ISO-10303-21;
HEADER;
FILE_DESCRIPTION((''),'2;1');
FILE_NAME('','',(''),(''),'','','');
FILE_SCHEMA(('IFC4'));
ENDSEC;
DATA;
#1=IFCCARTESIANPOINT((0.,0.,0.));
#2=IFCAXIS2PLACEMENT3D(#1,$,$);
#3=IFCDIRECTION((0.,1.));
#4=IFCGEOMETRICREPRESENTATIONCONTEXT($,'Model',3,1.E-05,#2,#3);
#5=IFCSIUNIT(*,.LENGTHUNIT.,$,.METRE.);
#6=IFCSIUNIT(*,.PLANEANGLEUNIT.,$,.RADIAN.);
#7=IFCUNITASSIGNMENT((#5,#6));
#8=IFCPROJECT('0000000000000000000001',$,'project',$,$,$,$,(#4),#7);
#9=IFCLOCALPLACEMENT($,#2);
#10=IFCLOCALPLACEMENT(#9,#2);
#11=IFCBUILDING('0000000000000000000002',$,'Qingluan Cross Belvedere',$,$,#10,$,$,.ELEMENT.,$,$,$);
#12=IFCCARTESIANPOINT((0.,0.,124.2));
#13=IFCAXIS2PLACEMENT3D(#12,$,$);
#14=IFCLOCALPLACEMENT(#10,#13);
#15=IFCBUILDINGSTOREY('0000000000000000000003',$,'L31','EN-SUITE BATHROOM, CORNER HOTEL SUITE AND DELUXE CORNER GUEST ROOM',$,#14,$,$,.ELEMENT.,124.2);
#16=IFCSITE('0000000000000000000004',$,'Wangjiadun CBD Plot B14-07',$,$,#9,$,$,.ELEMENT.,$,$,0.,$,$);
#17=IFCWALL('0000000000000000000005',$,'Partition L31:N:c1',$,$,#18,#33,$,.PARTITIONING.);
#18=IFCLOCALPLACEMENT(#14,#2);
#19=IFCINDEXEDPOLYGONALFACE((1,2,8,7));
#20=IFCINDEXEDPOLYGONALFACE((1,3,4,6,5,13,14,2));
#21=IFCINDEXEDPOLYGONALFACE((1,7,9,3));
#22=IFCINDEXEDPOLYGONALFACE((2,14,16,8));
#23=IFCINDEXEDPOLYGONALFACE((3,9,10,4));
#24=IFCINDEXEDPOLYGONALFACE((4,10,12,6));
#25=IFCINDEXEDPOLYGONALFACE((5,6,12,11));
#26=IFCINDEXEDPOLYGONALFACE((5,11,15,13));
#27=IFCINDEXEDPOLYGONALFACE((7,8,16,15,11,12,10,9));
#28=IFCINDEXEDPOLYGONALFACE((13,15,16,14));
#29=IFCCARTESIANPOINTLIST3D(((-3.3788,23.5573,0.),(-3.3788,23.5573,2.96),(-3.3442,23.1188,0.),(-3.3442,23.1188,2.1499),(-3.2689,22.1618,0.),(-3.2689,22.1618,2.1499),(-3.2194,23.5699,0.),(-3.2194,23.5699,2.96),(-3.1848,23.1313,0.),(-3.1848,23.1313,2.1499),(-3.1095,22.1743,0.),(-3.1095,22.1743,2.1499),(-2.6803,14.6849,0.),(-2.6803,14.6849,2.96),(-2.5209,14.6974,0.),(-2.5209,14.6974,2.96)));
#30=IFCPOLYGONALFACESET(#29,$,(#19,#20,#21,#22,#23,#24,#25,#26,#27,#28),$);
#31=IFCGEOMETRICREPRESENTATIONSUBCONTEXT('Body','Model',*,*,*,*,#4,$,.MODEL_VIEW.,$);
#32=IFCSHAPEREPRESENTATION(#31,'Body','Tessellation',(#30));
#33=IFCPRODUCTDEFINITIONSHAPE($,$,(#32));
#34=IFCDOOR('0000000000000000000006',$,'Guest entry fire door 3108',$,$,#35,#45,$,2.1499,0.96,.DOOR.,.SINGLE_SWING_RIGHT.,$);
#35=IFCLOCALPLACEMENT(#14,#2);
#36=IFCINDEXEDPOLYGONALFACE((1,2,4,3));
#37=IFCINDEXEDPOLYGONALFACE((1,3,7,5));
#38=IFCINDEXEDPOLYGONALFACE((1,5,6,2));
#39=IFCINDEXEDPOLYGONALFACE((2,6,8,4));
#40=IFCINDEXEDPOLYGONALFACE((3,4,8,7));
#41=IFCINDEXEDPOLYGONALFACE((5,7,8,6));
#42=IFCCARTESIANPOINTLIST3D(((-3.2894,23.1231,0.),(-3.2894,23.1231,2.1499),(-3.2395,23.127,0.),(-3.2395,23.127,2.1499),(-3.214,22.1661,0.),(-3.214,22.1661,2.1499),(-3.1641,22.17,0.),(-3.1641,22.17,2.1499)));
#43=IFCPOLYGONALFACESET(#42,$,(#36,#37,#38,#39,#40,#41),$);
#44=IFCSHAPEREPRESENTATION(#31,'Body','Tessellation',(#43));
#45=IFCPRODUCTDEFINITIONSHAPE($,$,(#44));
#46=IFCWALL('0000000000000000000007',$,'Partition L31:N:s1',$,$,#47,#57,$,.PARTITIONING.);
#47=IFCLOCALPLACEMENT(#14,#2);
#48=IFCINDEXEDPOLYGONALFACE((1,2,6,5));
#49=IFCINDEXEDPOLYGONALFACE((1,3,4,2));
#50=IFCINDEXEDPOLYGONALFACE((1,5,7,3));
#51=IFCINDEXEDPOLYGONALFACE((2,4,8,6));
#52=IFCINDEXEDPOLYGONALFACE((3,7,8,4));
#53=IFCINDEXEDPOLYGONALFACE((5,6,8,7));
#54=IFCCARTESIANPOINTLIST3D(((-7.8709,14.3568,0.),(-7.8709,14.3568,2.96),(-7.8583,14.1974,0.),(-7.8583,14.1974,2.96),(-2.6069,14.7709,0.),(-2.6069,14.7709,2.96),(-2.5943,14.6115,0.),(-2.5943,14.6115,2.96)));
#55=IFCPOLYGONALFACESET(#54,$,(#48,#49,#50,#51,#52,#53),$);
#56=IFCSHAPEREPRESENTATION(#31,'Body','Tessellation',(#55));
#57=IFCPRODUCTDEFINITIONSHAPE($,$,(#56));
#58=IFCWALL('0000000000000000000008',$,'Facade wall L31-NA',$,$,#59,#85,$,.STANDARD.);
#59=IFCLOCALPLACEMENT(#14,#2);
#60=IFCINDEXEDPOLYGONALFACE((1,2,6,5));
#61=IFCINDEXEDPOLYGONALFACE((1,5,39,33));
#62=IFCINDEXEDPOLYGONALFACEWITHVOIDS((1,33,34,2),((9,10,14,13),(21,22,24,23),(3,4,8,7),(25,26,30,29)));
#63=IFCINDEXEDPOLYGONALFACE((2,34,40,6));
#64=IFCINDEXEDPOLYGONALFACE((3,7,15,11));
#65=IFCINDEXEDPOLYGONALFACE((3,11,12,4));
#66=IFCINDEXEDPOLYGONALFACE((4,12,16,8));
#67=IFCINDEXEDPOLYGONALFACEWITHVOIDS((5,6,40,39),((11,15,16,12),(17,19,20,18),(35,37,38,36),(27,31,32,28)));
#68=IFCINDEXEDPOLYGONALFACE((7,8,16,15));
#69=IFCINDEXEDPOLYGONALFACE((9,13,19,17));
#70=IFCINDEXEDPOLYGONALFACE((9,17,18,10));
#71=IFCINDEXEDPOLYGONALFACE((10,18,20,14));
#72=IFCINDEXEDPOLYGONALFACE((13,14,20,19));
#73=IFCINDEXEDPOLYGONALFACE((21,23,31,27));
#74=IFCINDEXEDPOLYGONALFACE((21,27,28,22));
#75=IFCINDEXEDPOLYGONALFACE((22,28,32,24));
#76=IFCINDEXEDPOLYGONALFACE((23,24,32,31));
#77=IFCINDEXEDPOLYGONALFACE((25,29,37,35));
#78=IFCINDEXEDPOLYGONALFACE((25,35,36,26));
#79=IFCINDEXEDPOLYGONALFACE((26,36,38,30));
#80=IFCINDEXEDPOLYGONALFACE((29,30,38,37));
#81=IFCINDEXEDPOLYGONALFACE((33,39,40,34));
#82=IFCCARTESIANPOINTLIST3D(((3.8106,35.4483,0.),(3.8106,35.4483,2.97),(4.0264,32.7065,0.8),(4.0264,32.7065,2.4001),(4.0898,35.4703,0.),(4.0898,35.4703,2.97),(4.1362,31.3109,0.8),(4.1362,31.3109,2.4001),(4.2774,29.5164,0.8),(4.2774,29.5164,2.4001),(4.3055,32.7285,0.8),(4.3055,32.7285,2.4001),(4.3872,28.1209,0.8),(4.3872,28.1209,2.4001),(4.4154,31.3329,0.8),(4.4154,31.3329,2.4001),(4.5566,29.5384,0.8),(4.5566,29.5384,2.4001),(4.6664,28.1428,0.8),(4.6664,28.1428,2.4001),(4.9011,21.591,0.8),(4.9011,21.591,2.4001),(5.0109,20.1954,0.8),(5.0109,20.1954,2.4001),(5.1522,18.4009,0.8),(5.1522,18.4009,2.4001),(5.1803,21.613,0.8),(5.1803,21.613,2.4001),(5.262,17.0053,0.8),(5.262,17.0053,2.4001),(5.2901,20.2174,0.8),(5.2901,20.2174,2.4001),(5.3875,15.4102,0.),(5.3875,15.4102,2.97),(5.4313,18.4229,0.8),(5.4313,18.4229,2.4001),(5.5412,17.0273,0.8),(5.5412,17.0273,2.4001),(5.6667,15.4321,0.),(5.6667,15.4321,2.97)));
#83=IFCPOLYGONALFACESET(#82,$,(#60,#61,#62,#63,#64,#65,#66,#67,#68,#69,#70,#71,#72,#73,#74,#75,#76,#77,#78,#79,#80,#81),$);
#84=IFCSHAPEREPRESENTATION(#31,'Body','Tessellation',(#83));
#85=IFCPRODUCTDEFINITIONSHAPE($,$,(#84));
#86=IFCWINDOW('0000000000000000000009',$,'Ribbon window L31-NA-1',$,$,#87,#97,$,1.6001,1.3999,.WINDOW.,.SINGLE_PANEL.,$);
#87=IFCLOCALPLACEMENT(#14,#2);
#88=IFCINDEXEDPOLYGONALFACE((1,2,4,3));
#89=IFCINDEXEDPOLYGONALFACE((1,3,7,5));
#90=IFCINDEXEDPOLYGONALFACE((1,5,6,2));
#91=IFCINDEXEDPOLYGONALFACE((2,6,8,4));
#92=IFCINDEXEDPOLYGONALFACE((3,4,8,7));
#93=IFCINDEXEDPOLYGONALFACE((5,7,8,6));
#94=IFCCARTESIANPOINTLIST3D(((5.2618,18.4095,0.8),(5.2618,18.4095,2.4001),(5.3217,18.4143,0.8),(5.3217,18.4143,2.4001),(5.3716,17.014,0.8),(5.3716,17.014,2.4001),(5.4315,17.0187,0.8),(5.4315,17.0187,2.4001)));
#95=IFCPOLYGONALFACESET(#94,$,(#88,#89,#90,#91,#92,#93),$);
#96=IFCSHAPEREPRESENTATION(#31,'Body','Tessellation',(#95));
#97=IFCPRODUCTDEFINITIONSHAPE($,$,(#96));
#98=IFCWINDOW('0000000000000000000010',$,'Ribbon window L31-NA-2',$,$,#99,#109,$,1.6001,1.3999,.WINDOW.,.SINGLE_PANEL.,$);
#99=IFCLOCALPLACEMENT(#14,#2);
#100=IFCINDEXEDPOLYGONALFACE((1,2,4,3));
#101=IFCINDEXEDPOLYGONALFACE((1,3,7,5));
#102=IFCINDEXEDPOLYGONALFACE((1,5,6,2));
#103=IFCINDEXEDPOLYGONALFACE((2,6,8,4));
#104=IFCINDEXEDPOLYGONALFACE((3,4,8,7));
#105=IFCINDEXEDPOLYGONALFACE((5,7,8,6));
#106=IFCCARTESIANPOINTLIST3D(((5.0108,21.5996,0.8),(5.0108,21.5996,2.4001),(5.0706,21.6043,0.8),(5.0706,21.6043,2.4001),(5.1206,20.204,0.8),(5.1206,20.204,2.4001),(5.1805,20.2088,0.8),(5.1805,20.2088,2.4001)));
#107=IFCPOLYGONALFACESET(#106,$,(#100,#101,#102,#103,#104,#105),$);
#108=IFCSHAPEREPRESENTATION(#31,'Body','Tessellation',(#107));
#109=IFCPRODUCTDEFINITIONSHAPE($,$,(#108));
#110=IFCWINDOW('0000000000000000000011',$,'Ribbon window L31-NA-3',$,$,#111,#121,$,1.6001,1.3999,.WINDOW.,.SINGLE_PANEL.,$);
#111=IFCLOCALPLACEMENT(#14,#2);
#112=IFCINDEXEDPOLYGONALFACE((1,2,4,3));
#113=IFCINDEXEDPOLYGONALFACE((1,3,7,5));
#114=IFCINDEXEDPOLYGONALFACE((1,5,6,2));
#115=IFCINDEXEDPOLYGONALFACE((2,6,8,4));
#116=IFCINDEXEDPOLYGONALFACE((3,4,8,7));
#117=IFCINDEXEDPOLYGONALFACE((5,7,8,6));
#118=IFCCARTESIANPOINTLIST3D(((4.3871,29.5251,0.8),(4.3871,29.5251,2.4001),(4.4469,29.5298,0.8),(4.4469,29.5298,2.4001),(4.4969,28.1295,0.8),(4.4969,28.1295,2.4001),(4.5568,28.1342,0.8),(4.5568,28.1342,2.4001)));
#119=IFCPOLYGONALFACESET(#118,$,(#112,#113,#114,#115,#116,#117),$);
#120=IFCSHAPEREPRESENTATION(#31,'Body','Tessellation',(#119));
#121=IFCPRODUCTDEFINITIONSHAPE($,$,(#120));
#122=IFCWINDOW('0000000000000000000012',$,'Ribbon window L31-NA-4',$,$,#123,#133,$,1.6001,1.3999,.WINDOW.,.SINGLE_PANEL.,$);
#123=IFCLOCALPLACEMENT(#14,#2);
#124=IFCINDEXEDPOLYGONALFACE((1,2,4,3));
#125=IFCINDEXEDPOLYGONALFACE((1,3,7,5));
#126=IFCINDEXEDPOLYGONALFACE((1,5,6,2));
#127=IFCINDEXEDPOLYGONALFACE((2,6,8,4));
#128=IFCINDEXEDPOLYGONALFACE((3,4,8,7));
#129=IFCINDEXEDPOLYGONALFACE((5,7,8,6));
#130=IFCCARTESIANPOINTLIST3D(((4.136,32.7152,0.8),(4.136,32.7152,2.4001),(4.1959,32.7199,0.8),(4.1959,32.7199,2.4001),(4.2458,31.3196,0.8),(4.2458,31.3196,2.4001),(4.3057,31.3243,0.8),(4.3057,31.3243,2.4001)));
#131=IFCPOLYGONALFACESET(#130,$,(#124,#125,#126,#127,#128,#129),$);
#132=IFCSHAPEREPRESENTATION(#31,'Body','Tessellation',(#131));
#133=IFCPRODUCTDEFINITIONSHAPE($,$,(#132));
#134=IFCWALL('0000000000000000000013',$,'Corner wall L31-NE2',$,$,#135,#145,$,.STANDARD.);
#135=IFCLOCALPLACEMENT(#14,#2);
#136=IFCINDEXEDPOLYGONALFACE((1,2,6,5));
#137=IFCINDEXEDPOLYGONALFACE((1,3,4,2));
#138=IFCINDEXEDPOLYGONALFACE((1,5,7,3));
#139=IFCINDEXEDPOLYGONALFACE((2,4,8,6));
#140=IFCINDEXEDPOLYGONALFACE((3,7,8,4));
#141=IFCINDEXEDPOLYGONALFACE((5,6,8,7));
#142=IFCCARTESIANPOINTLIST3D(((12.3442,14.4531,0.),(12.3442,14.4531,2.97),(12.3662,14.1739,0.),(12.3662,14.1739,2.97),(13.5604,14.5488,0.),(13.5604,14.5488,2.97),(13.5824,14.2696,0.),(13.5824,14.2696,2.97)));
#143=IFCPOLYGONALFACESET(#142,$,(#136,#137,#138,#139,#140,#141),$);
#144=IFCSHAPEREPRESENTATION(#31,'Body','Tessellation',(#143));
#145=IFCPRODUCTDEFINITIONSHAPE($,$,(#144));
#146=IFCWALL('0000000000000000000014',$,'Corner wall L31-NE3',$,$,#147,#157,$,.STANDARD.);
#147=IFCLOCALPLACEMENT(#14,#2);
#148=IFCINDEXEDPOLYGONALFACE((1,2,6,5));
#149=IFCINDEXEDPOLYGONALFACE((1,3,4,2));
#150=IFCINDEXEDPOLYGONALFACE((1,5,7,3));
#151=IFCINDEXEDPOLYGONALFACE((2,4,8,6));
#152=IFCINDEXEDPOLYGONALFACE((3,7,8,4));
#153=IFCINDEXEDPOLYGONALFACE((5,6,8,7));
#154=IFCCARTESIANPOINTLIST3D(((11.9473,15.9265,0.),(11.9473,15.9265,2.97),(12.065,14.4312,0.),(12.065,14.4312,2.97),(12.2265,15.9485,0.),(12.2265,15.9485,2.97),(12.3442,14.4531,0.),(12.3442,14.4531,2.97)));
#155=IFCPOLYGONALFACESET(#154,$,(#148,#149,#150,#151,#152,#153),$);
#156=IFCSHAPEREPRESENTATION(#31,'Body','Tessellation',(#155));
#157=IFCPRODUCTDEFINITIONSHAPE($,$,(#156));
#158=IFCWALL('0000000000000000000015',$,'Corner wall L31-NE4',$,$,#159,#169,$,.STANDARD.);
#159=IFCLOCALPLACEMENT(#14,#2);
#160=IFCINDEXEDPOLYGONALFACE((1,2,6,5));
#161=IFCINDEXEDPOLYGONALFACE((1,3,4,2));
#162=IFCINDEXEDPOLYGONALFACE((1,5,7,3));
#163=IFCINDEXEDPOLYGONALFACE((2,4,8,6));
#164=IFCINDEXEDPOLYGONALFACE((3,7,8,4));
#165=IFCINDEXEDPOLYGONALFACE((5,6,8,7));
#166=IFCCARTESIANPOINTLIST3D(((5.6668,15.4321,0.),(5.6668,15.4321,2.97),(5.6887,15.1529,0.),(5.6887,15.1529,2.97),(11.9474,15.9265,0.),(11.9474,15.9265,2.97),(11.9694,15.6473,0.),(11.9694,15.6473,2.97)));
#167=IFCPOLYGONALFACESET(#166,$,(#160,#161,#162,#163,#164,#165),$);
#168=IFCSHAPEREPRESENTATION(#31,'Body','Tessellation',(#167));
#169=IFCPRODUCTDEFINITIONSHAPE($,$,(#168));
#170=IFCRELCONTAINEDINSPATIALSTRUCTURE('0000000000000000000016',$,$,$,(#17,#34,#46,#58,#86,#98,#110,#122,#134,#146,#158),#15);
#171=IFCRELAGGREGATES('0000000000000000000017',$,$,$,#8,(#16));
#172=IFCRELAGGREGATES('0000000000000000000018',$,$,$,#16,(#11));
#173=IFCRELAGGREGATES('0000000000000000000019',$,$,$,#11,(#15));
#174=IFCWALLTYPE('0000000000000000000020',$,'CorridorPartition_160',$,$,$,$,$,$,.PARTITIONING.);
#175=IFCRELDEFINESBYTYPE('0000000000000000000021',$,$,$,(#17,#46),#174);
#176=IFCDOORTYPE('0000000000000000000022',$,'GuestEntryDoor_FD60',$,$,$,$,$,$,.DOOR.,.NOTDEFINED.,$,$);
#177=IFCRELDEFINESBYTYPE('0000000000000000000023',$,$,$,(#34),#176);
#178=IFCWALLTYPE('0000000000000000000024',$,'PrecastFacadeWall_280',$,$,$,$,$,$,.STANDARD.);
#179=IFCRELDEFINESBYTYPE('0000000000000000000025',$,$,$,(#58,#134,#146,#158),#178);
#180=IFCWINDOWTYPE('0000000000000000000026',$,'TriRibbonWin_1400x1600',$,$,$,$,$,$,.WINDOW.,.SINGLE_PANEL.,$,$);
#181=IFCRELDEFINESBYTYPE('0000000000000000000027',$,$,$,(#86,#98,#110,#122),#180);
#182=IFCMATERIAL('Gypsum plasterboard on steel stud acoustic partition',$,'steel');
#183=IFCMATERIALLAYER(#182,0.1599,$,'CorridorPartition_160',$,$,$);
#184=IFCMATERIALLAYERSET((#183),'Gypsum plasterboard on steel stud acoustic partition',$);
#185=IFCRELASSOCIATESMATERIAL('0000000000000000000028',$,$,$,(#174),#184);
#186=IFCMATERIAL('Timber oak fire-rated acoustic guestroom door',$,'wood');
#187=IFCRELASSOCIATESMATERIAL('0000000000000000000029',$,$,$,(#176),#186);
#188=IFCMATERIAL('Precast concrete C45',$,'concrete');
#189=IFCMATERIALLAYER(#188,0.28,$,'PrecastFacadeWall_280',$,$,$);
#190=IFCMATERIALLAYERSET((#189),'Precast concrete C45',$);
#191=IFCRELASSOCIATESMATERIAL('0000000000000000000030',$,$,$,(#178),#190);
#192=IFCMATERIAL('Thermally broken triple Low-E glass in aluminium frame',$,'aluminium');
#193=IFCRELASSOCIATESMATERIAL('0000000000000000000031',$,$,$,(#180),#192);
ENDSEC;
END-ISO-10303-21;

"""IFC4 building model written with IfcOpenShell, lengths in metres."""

from ifc_helpers import new_model, si_unit, direction, frame, frame_2d, origin, place, context, subcontext, project, spatial, rectangle, extrude, material, layer, layer_set, type_object, element, fill, save


model = new_model("IFC4")

# Units and contexts
model_context = context("Model", 3, precision=1e-05, world=origin(), true_north=direction((0.0, 1.0)))
body_context = subcontext(model_context, "Body", "Model", "MODEL_VIEW")
ifc_project = project(units=[si_unit("LENGTHUNIT", "METRE"), si_unit("PLANEANGLEUNIT", "RADIAN")], contexts=[model_context])

# Site, building, storey
site_placement = place(None, origin())
site = spatial("IfcSite", under=ifc_project, at=site_placement, Name="Wangjiadun CBD Plot B14-07", CompositionType="ELEMENT", RefElevation=0.0)
building_placement = place(site_placement, origin())
building = spatial("IfcBuilding", under=site, at=building_placement, Name="Qingluan Cross Belvedere", CompositionType="ELEMENT")
storey_placement = place(building_placement, frame((0.0, 0.0, 124.2)))
storey = spatial("IfcBuildingStorey", under=building, at=storey_placement, Name="L31", Description="EN-SUITE BATHROOM, CORNER HOTEL SUITE AND DELUXE CORNER GUEST ROOM", CompositionType="ELEMENT", Elevation=124.2)

# Shared definitions
ifc_material_1 = material(Name="Gypsum plasterboard on steel stud acoustic partition", Category="steel")
ifc_layer_1 = layer(ifc_material_1, 0.1599, Name="CorridorPartition_160")
ifc_layer_set_1 = layer_set([ifc_layer_1], Name="Gypsum plasterboard on steel stud acoustic partition")
wall_type_1 = type_object("IfcWallType", Name="CorridorPartition_160", PredefinedType="PARTITIONING", material=ifc_layer_set_1)

# Shared definitions
ifc_material_2 = material(Name="Timber oak fire-rated acoustic guestroom door", Category="wood")
door_type = type_object("IfcDoorType", Name="GuestEntryDoor_FD60", OperationType="NOTDEFINED", PredefinedType="DOOR", material=ifc_material_2)

# Wall, opening, door
wall_1_placement = place(storey_placement, frame((-2.6006, 14.6912, 0.0), z_axis=(0.0, 0.0, 1.0), x_axis=(-0.078482, 0.996916, 0.0)))
wall_1 = element("IfcWall", 1, at=wall_1_placement, inside=storey, type_object=wall_type_1, Name="Partition L31:N:c1", PredefinedType="PARTITIONING", context=body_context, shape_type="SweptSolid", body=[
    extrude(rectangle(XDim=8.8999, YDim=0.1599, at=frame_2d((4.45, 0.0))), origin(), (0.0, 0.0, 1.0), 2.96),
])
opening_1_placement = place(wall_1_placement, frame((7.5, 0.0, 0.0)))
opening_1 = element("IfcOpeningElement", 2, at=opening_1_placement, cuts=wall_1, PredefinedType="OPENING", context=body_context, shape_type="SweptSolid", body=[
    extrude(rectangle(XDim=0.96, YDim=2.1499, at=frame_2d((0.48, 1.075))), frame((0.0, 0.0898, 0.0), z_axis=(0.0, -1.0, 0.0), x_axis=(1.0, 0.0, 0.0)), (0.0, 0.0, 1.0), 0.1799),
])
door_1_placement = place(opening_1_placement, origin())
door_1 = element("IfcDoor", 3, at=door_1_placement, inside=storey, type_object=door_type, Name="Guest entry fire door 3108", OperationType="SINGLE_SWING_RIGHT", OverallHeight=2.1499, OverallWidth=0.96, PredefinedType="DOOR", context=body_context, shape_type="SweptSolid", body=[
    extrude(rectangle(XDim=0.96, YDim=2.1499, at=frame_2d((0.48, 1.075))), frame((0.0, 0.0249, 0.0), z_axis=(0.0, -1.0, 0.0), x_axis=(1.0, 0.0, 0.0)), (0.0, 0.0, 1.0), 0.05),
])
fill(opening_1, door_1)

# Wall
wall_2_placement = place(storey_placement, frame((-2.6006, 14.6912, 0.0), z_axis=(0.0, 0.0, 1.0), x_axis=(-0.996921, -0.078418, 0.0)))
element("IfcWall", 4, at=wall_2_placement, inside=storey, type_object=wall_type_1, Name="Partition L31:N:s1", PredefinedType="PARTITIONING", context=body_context, shape_type="SweptSolid", body=[
    extrude(rectangle(XDim=5.2803, YDim=0.1599, at=frame_2d((2.6401, 0.0))), origin(), (0.0, 0.0, 1.0), 2.96),
])

# Wall, openings, windows
ifc_material_3 = material(Name="Precast concrete C45", Category="concrete")
ifc_layer_2 = layer(ifc_material_3, 0.28, Name="PrecastFacadeWall_280")
ifc_layer_set_2 = layer_set([ifc_layer_2], Name="Precast concrete C45")
wall_type_2 = type_object("IfcWallType", Name="PrecastFacadeWall_280", PredefinedType="STANDARD", material=ifc_layer_set_2)
wall_3_placement = place(storey_placement, frame((5.5271, 15.4211, 0.0), z_axis=(0.0, 0.0, 1.0), x_axis=(-0.078453, 0.996918, 0.0)))
wall_3 = element("IfcWall", 5, at=wall_3_placement, inside=storey, type_object=wall_type_2, Name="Facade wall L31-NA", PredefinedType="STANDARD", context=body_context, shape_type="SweptSolid", body=[
    extrude(rectangle(XDim=20.1001, YDim=0.28, at=frame_2d((10.05, 0.0))), origin(), (0.0, 0.0, 1.0), 2.97),
])
opening_2_placement = place(wall_3_placement, frame((1.6001, 0.0, 0.8)))
opening_2 = element("IfcOpeningElement", 6, at=opening_2_placement, cuts=wall_3, PredefinedType="OPENING", context=body_context, shape_type="SweptSolid", body=[
    extrude(rectangle(XDim=1.3999, YDim=1.6001, at=frame_2d((0.7, 0.8))), frame((0.0, 0.1499, 0.0), z_axis=(0.0, -1.0, 0.0), x_axis=(1.0, 0.0, 0.0)), (0.0, 0.0, 1.0), 0.3),
])
opening_3_placement = place(wall_3_placement, frame((4.8, 0.0, 0.8)))
opening_3 = element("IfcOpeningElement", 7, at=opening_3_placement, cuts=wall_3, PredefinedType="OPENING", context=body_context, shape_type="SweptSolid", body=[
    extrude(rectangle(XDim=1.3999, YDim=1.6001, at=frame_2d((0.7, 0.8))), frame((0.0, 0.1499, 0.0), z_axis=(0.0, -1.0, 0.0), x_axis=(1.0, 0.0, 0.0)), (0.0, 0.0, 1.0), 0.3),
])
opening_4_placement = place(wall_3_placement, frame((12.75, 0.0, 0.8)))
opening_4 = element("IfcOpeningElement", 8, at=opening_4_placement, cuts=wall_3, PredefinedType="OPENING", context=body_context, shape_type="SweptSolid", body=[
    extrude(rectangle(XDim=1.3999, YDim=1.6001, at=frame_2d((0.7, 0.8))), frame((0.0, 0.1499, 0.0), z_axis=(0.0, -1.0, 0.0), x_axis=(1.0, 0.0, 0.0)), (0.0, 0.0, 1.0), 0.3),
])
opening_5_placement = place(wall_3_placement, frame((15.95, 0.0, 0.8)))
opening_5 = element("IfcOpeningElement", 9, at=opening_5_placement, cuts=wall_3, PredefinedType="OPENING", context=body_context, shape_type="SweptSolid", body=[
    extrude(rectangle(XDim=1.3999, YDim=1.6001, at=frame_2d((0.7, 0.8))), frame((0.0, 0.1499, 0.0), z_axis=(0.0, -1.0, 0.0), x_axis=(1.0, 0.0, 0.0)), (0.0, 0.0, 1.0), 0.3),
])
ifc_material_4 = material(Name="Thermally broken triple Low-E glass in aluminium frame", Category="aluminium")
window_type = type_object("IfcWindowType", Name="TriRibbonWin_1400x1600", PartitioningType="SINGLE_PANEL", PredefinedType="WINDOW", material=ifc_material_4)
window_1_placement = place(opening_2_placement, origin())
window_1 = element("IfcWindow", 10, at=window_1_placement, inside=storey, type_object=window_type, Name="Ribbon window L31-NA-1", OverallHeight=1.6001, OverallWidth=1.3999, PartitioningType="SINGLE_PANEL", PredefinedType="WINDOW", context=body_context, shape_type="SweptSolid", body=[
    extrude(rectangle(XDim=1.3999, YDim=1.6001, at=frame_2d((0.7, 0.8))), frame((0.0, 0.03, 0.0), z_axis=(0.0, -1.0, 0.0), x_axis=(1.0, 0.0, 0.0)), (0.0, 0.0, 1.0), 0.0601),
])
fill(opening_2, window_1)
window_2_placement = place(opening_3_placement, origin())
window_2 = element("IfcWindow", 11, at=window_2_placement, inside=storey, type_object=window_type, Name="Ribbon window L31-NA-2", OverallHeight=1.6001, OverallWidth=1.3999, PartitioningType="SINGLE_PANEL", PredefinedType="WINDOW", context=body_context, shape_type="SweptSolid", body=[
    extrude(rectangle(XDim=1.3999, YDim=1.6001, at=frame_2d((0.7, 0.8))), frame((0.0, 0.03, 0.0), z_axis=(0.0, -1.0, 0.0), x_axis=(1.0, 0.0, 0.0)), (0.0, 0.0, 1.0), 0.0601),
])
fill(opening_3, window_2)
window_3_placement = place(opening_4_placement, origin())
window_3 = element("IfcWindow", 12, at=window_3_placement, inside=storey, type_object=window_type, Name="Ribbon window L31-NA-3", OverallHeight=1.6001, OverallWidth=1.3999, PartitioningType="SINGLE_PANEL", PredefinedType="WINDOW", context=body_context, shape_type="SweptSolid", body=[
    extrude(rectangle(XDim=1.3999, YDim=1.6001, at=frame_2d((0.7, 0.8))), frame((0.0, 0.03, 0.0), z_axis=(0.0, -1.0, 0.0), x_axis=(1.0, 0.0, 0.0)), (0.0, 0.0, 1.0), 0.0601),
])
fill(opening_4, window_3)
window_4_placement = place(opening_5_placement, origin())
window_4 = element("IfcWindow", 13, at=window_4_placement, inside=storey, type_object=window_type, Name="Ribbon window L31-NA-4", OverallHeight=1.6001, OverallWidth=1.3999, PartitioningType="SINGLE_PANEL", PredefinedType="WINDOW", context=body_context, shape_type="SweptSolid", body=[
    extrude(rectangle(XDim=1.3999, YDim=1.6001, at=frame_2d((0.7, 0.8))), frame((0.0, 0.03, 0.0), z_axis=(0.0, -1.0, 0.0), x_axis=(1.0, 0.0, 0.0)), (0.0, 0.0, 1.0), 0.0601),
])
fill(opening_5, window_4)

# Walls
wall_4_placement = place(storey_placement, frame((13.5713, 14.4092, 0.0), z_axis=(0.0, 0.0, 1.0), x_axis=(-0.996919, -0.078441, 0.0)))
element("IfcWall", 14, at=wall_4_placement, inside=storey, type_object=wall_type_2, Name="Corner wall L31-NE2", PredefinedType="STANDARD", context=body_context, shape_type="SweptSolid", body=[
    extrude(rectangle(XDim=1.22, YDim=0.28, at=frame_2d((0.6099, 0.0))), origin(), (0.0, 0.0, 1.0), 2.97),
])
wall_5_placement = place(storey_placement, frame((12.2046, 14.4421, 0.0), z_axis=(0.0, 0.0, 1.0), x_axis=(-0.078451, 0.996918, 0.0)))
element("IfcWall", 15, at=wall_5_placement, inside=storey, type_object=wall_type_2, Name="Corner wall L31-NE3", PredefinedType="STANDARD", context=body_context, shape_type="SweptSolid", body=[
    extrude(rectangle(XDim=1.5, YDim=0.28, at=frame_2d((0.75, 0.0))), origin(), (0.0, 0.0, 1.0), 2.97),
])
wall_6_placement = place(storey_placement, frame((11.9583, 15.7869, 0.0), z_axis=(0.0, 0.0, 1.0), x_axis=(-0.996916, -0.078474, 0.0)))
element("IfcWall", 16, at=wall_6_placement, inside=storey, type_object=wall_type_2, Name="Corner wall L31-NE4", PredefinedType="STANDARD", context=body_context, shape_type="SweptSolid", body=[
    extrude(rectangle(XDim=6.3, YDim=0.28, at=frame_2d((3.1499, 0.0))), origin(), (0.0, 0.0, 1.0), 2.97),
])

save(model, "model.ifc")
